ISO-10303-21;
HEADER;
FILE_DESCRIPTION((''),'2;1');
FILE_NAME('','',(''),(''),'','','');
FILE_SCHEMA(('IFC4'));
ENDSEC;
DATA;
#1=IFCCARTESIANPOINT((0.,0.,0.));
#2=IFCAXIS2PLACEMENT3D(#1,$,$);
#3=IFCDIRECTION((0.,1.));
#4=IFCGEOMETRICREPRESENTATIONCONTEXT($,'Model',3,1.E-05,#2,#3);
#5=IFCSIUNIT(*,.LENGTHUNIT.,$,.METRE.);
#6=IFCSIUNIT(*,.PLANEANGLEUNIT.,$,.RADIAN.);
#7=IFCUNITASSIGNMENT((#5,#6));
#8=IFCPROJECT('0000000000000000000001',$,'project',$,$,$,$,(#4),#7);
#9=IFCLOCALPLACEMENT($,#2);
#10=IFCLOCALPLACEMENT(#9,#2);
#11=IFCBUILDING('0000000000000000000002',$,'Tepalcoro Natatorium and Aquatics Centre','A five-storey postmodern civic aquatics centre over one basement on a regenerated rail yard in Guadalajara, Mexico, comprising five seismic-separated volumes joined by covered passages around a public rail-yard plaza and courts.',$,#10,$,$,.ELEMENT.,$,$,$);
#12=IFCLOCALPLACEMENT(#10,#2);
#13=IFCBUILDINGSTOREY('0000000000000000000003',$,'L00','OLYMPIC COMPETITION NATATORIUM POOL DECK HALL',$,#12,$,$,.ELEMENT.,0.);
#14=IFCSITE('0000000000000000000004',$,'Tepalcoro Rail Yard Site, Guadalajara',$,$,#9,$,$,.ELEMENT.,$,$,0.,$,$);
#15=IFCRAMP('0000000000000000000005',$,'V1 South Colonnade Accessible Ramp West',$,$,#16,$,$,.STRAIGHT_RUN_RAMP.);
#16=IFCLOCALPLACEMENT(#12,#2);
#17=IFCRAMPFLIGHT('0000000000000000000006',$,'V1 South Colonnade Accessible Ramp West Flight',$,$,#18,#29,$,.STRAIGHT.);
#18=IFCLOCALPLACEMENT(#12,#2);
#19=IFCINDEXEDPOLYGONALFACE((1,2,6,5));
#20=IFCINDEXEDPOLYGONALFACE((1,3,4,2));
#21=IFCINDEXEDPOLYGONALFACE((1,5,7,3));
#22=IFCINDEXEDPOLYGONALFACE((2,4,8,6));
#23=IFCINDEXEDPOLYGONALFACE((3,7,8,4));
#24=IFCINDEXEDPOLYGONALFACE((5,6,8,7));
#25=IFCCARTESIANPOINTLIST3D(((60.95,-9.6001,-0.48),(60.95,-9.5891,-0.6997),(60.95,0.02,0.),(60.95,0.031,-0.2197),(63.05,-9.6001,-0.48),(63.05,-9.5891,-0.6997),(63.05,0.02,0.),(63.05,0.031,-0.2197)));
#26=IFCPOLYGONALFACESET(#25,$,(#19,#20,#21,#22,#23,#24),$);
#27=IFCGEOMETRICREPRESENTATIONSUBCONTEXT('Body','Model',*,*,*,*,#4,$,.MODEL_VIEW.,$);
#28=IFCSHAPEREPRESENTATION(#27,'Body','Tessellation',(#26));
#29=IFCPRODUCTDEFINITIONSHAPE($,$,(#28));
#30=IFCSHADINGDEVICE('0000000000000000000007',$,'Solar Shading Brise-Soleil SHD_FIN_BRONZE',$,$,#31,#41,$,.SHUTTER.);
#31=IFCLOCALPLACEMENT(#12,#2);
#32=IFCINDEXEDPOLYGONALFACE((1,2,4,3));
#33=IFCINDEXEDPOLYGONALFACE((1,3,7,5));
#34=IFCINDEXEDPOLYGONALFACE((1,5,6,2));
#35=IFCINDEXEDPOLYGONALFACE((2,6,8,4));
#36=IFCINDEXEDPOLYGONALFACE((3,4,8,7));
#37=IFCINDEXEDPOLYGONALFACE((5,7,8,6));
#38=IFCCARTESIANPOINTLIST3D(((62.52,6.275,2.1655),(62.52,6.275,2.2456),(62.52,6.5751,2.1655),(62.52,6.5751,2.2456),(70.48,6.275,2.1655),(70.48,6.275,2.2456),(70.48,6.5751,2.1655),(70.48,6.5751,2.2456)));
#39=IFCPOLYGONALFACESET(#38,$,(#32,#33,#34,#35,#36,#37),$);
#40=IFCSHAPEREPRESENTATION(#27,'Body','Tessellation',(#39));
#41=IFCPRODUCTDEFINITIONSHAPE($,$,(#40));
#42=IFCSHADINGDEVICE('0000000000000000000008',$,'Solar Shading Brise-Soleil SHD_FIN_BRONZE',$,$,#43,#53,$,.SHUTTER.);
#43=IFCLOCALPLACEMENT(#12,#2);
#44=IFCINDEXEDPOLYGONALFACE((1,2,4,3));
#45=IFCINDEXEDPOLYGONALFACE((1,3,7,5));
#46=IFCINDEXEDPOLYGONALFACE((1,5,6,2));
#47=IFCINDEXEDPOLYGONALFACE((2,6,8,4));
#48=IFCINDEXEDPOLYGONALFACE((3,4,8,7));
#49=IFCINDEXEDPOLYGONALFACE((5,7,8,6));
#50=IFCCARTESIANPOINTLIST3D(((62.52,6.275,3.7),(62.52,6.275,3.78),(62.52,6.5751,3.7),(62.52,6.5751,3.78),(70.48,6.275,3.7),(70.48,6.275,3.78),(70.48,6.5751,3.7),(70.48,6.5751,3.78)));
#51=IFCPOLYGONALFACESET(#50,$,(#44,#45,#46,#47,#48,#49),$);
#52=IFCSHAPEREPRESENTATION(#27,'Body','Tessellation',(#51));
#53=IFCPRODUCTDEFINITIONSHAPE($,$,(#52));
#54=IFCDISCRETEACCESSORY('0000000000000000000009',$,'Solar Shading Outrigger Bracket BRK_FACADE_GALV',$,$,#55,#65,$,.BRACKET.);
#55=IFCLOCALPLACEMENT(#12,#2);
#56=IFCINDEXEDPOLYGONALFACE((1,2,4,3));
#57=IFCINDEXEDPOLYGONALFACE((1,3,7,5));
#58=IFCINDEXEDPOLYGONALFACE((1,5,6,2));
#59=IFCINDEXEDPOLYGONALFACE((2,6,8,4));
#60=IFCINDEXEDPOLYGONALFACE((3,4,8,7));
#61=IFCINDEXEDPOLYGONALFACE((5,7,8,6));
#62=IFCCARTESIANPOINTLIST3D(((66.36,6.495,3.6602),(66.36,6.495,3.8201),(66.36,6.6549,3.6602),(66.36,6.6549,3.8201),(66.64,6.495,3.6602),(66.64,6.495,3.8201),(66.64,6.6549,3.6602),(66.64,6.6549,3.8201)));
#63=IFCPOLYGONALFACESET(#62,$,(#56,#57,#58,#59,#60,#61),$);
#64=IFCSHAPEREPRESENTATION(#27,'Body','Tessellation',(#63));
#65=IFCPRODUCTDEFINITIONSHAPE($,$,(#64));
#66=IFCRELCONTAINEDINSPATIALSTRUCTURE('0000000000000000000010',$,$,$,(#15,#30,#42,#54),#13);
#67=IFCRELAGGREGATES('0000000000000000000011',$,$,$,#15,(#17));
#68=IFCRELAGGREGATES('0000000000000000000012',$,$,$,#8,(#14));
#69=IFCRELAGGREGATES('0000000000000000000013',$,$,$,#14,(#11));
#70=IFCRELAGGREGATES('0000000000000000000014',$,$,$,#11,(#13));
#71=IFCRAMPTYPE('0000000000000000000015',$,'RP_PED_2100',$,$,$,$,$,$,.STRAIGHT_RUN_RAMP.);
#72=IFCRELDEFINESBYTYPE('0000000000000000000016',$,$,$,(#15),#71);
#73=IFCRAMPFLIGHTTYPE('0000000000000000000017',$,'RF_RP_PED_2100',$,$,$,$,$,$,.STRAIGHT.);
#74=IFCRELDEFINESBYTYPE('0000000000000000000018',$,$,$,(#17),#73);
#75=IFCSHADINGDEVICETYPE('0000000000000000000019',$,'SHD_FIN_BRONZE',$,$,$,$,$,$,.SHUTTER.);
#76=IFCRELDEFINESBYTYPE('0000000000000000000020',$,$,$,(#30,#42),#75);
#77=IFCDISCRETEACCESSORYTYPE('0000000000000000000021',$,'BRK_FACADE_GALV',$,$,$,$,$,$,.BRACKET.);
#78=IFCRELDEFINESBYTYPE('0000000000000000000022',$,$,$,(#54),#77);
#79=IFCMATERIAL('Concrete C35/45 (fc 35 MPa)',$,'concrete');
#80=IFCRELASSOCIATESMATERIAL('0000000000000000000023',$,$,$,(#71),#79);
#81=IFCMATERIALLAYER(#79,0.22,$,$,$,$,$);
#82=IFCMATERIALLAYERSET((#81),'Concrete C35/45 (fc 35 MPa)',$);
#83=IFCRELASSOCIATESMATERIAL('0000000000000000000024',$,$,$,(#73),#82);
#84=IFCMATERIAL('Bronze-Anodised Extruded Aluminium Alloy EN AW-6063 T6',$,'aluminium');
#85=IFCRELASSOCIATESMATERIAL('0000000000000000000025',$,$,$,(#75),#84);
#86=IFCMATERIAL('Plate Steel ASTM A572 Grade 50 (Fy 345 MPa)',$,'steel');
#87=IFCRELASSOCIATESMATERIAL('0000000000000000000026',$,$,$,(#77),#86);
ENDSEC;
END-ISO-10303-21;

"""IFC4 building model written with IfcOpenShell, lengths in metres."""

from ifc_helpers import new_model, si_unit, direction, frame, origin, origin_2d, place, context, subcontext, project, spatial, polyline, rectangle, outline, extrude, material, layer, layer_set, type_object, element, aggregate, save


model = new_model("IFC4")

# Units and contexts
model_context = context("Model", 3, precision=1e-05, world=origin(), true_north=direction((0.0, 1.0)))
body_context = subcontext(model_context, "Body", "Model", "MODEL_VIEW")
ifc_project = project(units=[si_unit("LENGTHUNIT", "METRE"), si_unit("PLANEANGLEUNIT", "RADIAN")], contexts=[model_context])

# Site, building, storey
site_placement = place(None, origin())
site = spatial("IfcSite", under=ifc_project, at=site_placement, Name="Tepalcoro Rail Yard Site, Guadalajara", CompositionType="ELEMENT", RefElevation=0.0)
building_placement = place(site_placement, origin())
building = spatial("IfcBuilding", under=site, at=building_placement, Name="Tepalcoro Natatorium and Aquatics Centre", Description="A five-storey postmodern civic aquatics centre over one basement on a regenerated rail yard in Guadalajara, Mexico, comprising five seismic-separated volumes joined by covered passages around a public rail-yard plaza and courts.", CompositionType="ELEMENT")
storey_placement = place(building_placement, origin())
storey = spatial("IfcBuildingStorey", under=building, at=storey_placement, Name="L00", Description="OLYMPIC COMPETITION NATATORIUM POOL DECK HALL", CompositionType="ELEMENT", Elevation=0.0)

# Shared definitions
ifc_material_1 = material(Name="Bronze-Anodised Extruded Aluminium Alloy EN AW-6063 T6", Category="aluminium")

# Ramp, ramp flight
ifc_material_2 = material(Name="Concrete C35/45 (fc 35 MPa)", Category="concrete")
ramp_type = type_object("IfcRampType", Name="RP_PED_2100", PredefinedType="STRAIGHT_RUN_RAMP", material=ifc_material_2)
ramp_placement = place(storey_placement, origin())
ramp = element("IfcRamp", 1, at=ramp_placement, inside=storey, type_object=ramp_type, Name="V1 South Colonnade Accessible Ramp West", PredefinedType="STRAIGHT_RUN_RAMP")
ifc_layer_1 = layer(ifc_material_2, 0.22)
ifc_layer_set_1 = layer_set([ifc_layer_1], Name="Concrete C35/45 (fc 35 MPa)")
ramp_flight_type = type_object("IfcRampFlightType", Name="RF_RP_PED_2100", PredefinedType="STRAIGHT", material=ifc_layer_set_1)
ramp_flight_placement = place(storey_placement, frame((63.05, -9.6001, -0.48), z_axis=(0.0, -0.049831, 0.998758), x_axis=(0.0, 0.998758, 0.049831)))
ramp_flight = element("IfcRampFlight", 2, at=ramp_flight_placement, type_object=ramp_flight_type, Name="V1 South Colonnade Accessible Ramp West Flight", PredefinedType="STRAIGHT", context=body_context, shape_type="SweptSolid", body=[
    extrude(outline(polyline([(0.0, 0.0), (9.6321, 0.0), (9.6321, 2.1001), (0.0, 2.1001), (0.0, 0.0)])), origin(), (0.0, 0.0, -1.0), 0.22),
])
aggregate(ramp, [ramp_flight])

# Shading devices
shading_device_type = type_object("IfcShadingDeviceType", Name="SHD_FIN_BRONZE", PredefinedType="SHUTTER", material=ifc_material_1)
for number, where, z_axis, x_axis, name in (
    (3, (66.5, 6.425, 2.1655), (0.0, 0.0, 1.0), (1.0, 0.0, 0.0), "Solar Shading Brise-Soleil SHD_FIN_BRONZE"),
    (4, (66.5, 6.425, 3.7), (0.0, 0.0, 1.0), (1.0, 0.0, 0.0), "Solar Shading Brise-Soleil SHD_FIN_BRONZE"),
):
    element("IfcShadingDevice", number, at=place(storey_placement, frame(where, z_axis=z_axis, x_axis=x_axis)), inside=storey, type_object=shading_device_type, Name=name, PredefinedType="SHUTTER", context=body_context, shape_type="SweptSolid", body=[
        extrude(rectangle(XDim=7.96, YDim=0.3, at=origin_2d()), origin(), (0.0, 0.0, 1.0), 0.0801),
    ])

# Discrete accessory
ifc_material_3 = material(Name="Plate Steel ASTM A572 Grade 50 (Fy 345 MPa)", Category="steel")
discrete_accessory_type = type_object("IfcDiscreteAccessoryType", Name="BRK_FACADE_GALV", PredefinedType="BRACKET", material=ifc_material_3)
discrete_accessory_placement = place(storey_placement, frame((66.5, 6.575, 3.6602), z_axis=(0.0, 0.0, 1.0), x_axis=(1.0, 0.0, 0.0)))
element("IfcDiscreteAccessory", 5, at=discrete_accessory_placement, inside=storey, type_object=discrete_accessory_type, Name="Solar Shading Outrigger Bracket BRK_FACADE_GALV", PredefinedType="BRACKET", context=body_context, shape_type="SweptSolid", body=[
    extrude(rectangle(XDim=0.28, YDim=0.1599, at=origin_2d()), origin(), (0.0, 0.0, 1.0), 0.1599),
])

save(model, "model.ifc")
